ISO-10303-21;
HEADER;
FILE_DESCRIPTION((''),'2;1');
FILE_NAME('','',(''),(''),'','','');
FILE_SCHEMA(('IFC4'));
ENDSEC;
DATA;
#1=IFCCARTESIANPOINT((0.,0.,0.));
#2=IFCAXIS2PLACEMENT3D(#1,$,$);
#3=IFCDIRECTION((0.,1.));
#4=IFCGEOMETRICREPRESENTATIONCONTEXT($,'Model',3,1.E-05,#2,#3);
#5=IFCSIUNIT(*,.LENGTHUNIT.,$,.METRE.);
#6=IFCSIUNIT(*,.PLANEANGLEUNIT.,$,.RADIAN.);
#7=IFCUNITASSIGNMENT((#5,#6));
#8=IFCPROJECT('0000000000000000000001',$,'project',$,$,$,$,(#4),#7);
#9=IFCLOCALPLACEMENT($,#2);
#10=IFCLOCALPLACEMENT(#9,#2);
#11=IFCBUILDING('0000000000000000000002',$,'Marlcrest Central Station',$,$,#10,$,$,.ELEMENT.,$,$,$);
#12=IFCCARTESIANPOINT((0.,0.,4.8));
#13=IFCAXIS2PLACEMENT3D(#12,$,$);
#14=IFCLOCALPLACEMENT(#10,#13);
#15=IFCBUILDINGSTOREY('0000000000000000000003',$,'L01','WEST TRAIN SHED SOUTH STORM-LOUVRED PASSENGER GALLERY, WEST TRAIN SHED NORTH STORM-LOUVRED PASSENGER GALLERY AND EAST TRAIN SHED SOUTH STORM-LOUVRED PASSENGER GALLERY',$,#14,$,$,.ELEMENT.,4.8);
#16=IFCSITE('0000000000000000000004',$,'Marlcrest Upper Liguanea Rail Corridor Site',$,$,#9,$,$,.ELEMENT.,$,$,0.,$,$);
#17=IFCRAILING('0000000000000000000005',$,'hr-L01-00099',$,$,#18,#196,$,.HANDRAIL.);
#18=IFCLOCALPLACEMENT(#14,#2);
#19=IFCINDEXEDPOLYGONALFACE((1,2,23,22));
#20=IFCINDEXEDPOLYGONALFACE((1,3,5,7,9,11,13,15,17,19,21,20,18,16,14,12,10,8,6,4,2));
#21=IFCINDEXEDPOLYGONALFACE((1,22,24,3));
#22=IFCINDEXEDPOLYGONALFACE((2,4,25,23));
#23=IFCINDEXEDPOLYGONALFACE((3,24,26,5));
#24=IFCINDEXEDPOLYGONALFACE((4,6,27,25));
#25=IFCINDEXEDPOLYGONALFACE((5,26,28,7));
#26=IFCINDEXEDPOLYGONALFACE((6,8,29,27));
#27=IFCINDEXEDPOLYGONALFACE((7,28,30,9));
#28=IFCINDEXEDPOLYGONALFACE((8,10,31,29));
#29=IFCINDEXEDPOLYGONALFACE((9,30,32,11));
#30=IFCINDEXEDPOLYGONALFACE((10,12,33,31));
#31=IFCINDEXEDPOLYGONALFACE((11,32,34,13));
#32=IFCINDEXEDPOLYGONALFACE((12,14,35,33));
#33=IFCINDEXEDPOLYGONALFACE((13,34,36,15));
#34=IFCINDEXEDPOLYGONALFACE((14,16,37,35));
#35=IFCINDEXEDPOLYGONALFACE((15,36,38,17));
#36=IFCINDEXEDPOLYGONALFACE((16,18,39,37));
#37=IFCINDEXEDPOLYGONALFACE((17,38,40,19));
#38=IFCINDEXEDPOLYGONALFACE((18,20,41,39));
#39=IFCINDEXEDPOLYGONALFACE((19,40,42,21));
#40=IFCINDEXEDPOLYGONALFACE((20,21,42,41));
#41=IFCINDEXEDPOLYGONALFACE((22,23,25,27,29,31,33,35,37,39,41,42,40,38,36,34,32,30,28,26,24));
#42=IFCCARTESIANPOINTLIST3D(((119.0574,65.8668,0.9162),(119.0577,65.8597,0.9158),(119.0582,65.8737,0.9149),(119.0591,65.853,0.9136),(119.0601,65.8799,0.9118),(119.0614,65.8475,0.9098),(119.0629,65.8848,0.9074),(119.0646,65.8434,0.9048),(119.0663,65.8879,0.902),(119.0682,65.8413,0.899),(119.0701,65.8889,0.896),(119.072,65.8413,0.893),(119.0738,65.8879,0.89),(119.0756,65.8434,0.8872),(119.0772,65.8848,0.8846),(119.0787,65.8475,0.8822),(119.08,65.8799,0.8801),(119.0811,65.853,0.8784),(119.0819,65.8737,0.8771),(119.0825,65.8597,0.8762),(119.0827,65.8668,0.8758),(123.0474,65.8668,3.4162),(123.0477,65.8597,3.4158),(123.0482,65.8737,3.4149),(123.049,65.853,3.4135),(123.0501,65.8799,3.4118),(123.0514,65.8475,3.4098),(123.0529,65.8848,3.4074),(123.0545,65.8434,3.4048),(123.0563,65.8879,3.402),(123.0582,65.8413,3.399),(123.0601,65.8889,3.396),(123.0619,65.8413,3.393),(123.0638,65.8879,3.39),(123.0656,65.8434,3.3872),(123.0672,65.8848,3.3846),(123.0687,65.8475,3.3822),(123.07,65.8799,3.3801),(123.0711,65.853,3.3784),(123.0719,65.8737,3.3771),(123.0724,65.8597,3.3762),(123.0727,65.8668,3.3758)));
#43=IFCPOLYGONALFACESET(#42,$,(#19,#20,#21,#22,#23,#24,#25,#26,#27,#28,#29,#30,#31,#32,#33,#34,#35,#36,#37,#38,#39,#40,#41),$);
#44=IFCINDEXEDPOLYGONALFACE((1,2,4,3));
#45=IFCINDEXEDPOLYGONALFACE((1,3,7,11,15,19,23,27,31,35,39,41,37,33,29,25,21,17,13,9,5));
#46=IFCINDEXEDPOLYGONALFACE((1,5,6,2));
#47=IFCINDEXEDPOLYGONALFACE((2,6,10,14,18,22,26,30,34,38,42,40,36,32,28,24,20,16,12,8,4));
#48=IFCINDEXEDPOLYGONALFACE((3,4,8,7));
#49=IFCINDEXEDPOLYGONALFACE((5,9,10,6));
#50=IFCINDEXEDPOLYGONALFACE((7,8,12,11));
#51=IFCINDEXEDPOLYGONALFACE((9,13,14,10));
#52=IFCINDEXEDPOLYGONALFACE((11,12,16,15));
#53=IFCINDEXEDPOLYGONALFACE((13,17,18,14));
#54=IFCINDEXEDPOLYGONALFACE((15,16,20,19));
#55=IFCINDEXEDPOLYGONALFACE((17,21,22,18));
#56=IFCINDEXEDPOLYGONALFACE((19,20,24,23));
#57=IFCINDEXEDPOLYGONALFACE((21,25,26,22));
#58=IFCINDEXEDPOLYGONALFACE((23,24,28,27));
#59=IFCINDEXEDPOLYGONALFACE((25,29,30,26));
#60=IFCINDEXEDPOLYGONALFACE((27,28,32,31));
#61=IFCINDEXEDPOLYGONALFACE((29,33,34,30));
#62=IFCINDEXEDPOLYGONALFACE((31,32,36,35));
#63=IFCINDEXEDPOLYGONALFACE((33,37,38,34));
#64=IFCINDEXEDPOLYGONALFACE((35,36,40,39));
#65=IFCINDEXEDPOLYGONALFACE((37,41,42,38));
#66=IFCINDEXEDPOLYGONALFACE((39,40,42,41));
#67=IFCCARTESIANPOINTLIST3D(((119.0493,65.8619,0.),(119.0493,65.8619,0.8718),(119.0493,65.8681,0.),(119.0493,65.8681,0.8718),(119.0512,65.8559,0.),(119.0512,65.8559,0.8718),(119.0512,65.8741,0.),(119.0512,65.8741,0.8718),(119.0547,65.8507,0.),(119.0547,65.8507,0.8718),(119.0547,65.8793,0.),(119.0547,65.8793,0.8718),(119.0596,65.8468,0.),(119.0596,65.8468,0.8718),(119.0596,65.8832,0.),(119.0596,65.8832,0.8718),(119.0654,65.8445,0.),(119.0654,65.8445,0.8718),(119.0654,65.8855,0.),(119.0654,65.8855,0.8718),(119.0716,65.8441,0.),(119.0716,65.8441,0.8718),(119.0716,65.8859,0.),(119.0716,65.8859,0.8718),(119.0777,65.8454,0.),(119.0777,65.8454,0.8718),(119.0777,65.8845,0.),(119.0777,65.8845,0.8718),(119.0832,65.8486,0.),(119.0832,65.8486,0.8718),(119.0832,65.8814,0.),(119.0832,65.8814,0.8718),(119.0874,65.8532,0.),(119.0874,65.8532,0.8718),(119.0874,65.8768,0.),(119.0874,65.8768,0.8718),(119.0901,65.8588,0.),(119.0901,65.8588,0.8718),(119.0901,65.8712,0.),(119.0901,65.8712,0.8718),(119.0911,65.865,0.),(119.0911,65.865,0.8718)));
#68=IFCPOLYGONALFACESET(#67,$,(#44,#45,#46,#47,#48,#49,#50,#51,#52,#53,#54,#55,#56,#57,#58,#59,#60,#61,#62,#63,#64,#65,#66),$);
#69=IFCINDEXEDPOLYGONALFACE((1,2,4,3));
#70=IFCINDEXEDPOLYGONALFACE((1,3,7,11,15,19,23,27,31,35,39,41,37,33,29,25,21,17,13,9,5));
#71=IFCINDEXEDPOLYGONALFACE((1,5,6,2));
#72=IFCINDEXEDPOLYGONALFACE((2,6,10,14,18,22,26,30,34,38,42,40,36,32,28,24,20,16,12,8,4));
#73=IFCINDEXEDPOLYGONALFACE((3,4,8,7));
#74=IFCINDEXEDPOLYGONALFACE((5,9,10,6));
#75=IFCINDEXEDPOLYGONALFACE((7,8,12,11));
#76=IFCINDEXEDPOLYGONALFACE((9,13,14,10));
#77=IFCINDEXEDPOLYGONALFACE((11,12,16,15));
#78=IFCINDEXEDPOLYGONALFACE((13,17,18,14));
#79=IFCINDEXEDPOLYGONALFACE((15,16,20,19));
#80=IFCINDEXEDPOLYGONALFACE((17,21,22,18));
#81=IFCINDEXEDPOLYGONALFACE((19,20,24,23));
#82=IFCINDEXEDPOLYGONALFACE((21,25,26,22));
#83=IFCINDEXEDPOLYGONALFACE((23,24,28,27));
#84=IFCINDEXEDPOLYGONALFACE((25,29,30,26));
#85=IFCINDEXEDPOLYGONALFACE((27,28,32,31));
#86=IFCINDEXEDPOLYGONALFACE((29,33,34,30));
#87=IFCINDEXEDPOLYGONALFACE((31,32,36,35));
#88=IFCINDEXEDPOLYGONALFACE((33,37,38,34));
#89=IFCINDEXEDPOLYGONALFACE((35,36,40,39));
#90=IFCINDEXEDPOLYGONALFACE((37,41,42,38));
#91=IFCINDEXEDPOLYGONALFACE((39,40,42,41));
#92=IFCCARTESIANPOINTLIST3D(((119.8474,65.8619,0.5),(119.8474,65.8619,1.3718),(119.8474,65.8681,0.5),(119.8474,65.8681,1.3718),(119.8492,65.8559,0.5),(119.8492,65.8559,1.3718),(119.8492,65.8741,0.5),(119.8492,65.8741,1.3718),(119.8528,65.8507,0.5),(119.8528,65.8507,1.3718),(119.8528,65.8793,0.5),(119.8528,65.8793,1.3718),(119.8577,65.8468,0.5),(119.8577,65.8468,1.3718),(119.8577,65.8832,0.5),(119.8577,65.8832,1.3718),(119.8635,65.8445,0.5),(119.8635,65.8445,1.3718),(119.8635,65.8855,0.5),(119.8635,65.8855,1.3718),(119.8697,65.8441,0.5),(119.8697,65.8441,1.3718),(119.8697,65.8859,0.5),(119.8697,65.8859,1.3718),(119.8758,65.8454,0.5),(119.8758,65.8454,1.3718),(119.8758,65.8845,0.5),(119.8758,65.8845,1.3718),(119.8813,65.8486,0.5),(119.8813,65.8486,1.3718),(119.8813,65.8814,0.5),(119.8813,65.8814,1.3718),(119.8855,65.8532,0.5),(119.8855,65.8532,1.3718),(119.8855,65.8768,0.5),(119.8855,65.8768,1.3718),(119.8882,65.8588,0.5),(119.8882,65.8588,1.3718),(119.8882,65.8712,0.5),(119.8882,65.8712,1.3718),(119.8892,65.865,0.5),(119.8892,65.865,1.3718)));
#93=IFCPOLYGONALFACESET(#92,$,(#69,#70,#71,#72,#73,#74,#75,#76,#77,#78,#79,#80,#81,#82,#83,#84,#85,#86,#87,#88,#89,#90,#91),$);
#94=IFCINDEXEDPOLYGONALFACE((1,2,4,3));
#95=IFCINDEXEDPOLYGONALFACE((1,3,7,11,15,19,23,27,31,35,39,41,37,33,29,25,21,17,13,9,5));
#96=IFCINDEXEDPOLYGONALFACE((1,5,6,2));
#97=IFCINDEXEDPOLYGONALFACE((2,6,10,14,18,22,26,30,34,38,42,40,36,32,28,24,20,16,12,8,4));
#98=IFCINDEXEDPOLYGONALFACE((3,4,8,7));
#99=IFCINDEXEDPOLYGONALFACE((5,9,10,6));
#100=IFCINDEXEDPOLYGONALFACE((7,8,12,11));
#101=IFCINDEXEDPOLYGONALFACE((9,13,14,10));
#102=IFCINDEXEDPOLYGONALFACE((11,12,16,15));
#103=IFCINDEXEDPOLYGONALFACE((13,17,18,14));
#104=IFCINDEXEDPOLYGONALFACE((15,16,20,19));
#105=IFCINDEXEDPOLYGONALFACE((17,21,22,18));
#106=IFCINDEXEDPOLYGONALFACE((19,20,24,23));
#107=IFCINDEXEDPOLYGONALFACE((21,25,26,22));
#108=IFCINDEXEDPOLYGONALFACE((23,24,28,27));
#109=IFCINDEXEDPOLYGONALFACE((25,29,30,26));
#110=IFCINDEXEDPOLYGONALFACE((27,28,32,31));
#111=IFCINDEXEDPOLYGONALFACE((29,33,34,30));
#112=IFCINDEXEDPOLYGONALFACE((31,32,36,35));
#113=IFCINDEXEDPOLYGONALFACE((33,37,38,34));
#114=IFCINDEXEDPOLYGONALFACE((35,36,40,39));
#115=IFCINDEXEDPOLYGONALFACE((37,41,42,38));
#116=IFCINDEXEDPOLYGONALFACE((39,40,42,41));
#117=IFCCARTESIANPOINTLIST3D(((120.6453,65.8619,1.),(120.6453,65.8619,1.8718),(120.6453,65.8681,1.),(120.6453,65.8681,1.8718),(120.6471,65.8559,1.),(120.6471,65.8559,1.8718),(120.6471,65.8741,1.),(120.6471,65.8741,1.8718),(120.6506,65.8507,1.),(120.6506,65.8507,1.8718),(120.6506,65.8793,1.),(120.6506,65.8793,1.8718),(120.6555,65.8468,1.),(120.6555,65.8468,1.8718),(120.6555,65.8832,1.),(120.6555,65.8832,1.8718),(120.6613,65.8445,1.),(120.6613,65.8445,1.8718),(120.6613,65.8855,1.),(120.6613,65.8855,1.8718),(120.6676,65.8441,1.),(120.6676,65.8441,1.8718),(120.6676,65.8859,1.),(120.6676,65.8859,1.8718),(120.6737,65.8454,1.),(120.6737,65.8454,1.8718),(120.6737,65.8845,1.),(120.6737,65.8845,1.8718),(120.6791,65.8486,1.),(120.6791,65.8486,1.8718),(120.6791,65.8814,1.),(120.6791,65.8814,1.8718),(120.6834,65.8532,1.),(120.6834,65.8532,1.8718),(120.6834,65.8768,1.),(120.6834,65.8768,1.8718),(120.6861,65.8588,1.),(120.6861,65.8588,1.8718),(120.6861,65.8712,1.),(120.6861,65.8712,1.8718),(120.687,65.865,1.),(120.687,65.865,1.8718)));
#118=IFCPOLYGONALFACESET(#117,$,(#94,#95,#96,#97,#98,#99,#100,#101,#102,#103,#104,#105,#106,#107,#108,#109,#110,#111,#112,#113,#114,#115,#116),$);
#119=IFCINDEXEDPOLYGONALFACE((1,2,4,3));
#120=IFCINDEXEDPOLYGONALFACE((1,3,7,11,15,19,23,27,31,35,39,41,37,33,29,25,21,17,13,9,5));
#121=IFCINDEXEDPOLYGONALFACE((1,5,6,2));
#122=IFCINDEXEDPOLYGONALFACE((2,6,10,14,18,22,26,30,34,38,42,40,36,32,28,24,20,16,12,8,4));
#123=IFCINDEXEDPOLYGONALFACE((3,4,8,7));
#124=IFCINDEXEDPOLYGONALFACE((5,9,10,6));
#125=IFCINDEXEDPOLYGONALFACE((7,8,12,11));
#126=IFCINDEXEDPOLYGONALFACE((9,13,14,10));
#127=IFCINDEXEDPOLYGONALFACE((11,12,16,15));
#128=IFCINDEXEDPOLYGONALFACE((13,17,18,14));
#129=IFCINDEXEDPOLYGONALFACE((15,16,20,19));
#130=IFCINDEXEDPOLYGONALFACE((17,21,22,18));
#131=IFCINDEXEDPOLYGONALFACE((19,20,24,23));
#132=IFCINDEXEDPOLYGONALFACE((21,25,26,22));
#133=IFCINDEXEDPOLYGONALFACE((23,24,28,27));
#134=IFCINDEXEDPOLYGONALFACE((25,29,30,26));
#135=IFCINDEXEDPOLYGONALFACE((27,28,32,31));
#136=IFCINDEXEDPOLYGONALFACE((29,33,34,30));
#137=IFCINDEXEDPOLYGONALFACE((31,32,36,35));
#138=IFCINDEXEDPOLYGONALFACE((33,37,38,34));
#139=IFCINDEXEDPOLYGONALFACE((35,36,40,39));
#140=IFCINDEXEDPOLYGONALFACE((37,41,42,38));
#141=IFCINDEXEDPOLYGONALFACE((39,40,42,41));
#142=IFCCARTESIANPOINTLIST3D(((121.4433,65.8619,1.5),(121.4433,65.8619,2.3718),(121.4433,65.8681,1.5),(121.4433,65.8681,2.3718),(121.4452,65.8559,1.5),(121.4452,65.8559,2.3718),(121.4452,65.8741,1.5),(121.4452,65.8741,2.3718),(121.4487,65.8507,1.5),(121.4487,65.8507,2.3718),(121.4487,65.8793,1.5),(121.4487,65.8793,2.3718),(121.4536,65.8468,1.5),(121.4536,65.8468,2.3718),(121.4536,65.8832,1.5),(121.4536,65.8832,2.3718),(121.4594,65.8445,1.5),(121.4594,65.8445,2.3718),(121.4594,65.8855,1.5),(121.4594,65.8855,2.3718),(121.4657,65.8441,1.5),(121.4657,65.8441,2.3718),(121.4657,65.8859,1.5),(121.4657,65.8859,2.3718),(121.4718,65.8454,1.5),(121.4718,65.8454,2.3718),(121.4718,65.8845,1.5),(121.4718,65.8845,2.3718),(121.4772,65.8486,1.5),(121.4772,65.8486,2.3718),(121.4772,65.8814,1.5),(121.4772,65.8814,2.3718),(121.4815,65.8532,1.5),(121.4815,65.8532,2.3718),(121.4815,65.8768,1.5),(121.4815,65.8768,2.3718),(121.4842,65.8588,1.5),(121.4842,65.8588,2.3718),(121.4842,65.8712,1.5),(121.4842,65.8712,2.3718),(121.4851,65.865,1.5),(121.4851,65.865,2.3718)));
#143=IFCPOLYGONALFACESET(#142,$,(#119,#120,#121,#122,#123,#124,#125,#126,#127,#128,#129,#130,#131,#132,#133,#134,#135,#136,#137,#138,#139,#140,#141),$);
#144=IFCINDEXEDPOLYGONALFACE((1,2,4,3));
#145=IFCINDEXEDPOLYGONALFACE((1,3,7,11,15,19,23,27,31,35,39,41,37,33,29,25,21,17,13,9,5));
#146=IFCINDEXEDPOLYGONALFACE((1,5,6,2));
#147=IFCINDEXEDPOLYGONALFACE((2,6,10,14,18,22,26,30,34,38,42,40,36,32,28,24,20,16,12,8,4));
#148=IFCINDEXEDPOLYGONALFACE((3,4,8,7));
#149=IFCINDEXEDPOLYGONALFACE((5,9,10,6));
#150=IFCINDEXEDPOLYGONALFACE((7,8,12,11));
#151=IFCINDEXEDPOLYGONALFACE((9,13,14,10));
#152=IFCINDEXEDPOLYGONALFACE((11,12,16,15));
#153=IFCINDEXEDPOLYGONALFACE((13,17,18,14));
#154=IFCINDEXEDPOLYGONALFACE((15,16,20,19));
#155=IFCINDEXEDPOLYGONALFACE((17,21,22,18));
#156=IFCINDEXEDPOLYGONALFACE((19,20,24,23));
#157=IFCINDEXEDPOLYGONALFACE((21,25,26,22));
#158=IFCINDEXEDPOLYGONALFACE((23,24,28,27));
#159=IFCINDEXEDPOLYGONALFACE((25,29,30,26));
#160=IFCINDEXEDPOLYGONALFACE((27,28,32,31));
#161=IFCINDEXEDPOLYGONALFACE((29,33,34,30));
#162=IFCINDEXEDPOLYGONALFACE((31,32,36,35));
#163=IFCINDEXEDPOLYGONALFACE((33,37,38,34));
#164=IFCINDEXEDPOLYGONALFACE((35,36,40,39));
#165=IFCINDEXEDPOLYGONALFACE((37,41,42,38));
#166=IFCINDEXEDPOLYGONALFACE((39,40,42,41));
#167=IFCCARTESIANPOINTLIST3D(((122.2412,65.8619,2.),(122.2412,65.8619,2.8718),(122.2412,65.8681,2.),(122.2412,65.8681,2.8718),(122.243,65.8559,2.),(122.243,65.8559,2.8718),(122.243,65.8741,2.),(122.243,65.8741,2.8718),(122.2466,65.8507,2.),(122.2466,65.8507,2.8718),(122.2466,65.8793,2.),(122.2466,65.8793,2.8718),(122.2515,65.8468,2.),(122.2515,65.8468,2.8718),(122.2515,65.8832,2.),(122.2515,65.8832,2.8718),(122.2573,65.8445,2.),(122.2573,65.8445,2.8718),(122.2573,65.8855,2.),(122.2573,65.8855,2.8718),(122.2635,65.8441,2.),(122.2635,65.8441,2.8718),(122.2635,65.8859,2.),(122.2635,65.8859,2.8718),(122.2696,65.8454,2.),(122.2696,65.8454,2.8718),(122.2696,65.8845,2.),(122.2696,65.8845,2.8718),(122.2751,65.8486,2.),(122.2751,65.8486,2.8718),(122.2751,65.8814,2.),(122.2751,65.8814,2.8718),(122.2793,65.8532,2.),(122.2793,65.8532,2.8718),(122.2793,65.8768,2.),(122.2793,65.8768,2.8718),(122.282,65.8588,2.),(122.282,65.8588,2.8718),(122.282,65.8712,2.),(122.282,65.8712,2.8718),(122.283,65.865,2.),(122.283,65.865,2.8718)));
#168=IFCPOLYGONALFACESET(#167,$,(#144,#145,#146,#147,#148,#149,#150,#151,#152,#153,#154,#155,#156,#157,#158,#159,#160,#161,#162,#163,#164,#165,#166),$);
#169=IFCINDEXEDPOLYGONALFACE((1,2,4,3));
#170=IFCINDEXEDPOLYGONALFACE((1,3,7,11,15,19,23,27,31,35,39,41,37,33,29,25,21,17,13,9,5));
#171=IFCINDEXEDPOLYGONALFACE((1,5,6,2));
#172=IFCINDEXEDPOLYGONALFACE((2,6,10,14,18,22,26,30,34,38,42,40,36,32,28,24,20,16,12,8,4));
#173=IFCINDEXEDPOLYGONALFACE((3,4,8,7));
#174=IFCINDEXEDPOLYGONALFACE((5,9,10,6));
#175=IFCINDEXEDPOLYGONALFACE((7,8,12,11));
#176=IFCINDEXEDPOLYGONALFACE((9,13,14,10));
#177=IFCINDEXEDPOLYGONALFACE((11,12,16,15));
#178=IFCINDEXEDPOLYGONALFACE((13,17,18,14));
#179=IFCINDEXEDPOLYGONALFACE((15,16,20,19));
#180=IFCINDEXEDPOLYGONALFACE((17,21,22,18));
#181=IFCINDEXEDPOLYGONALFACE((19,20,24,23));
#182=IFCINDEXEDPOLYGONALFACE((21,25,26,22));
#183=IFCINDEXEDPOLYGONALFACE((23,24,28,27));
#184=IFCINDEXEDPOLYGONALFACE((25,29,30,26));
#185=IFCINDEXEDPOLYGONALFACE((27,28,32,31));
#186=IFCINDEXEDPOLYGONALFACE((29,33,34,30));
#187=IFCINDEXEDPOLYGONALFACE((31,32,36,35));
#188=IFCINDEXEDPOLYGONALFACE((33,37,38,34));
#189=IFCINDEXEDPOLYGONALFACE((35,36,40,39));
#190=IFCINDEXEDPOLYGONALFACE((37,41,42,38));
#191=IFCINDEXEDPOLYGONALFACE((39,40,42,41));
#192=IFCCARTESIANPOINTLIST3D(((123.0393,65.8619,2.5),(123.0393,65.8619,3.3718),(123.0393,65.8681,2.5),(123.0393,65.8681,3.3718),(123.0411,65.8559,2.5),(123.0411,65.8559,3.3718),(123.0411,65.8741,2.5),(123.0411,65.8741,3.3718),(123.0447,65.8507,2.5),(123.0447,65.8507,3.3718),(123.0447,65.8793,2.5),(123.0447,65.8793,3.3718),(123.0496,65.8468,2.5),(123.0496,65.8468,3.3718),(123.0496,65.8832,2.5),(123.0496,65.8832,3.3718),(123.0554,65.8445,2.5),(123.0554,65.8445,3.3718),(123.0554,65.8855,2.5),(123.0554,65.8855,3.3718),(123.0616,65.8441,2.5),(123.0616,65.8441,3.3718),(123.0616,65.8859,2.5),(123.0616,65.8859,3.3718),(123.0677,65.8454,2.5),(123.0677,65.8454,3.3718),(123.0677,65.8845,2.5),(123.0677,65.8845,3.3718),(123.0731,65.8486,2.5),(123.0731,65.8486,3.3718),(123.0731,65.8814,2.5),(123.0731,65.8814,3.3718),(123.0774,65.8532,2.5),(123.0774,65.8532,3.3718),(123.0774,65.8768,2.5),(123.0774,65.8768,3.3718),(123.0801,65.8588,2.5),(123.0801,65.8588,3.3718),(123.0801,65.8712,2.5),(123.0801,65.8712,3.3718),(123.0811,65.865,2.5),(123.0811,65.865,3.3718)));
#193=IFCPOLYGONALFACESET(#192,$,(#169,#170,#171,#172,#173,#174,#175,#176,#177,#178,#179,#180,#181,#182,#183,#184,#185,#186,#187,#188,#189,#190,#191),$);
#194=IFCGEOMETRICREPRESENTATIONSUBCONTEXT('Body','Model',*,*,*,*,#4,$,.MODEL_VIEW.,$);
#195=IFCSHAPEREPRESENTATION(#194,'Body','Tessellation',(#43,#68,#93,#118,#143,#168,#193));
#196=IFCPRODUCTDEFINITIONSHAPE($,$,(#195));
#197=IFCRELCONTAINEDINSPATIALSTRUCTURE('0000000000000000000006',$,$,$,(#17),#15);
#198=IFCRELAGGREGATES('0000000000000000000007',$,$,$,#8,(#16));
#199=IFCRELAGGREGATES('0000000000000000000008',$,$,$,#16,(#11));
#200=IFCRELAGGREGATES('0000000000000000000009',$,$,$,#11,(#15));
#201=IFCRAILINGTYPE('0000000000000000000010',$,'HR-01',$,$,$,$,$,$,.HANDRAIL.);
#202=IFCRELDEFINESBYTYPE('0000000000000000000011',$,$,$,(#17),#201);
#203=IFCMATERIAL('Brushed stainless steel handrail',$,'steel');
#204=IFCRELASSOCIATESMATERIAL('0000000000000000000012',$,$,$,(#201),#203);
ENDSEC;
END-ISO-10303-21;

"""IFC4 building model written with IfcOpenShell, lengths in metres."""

from ifc_helpers import new_model, si_unit, direction, frame, origin, origin_2d, place, context, subcontext, project, spatial, circle, extrude, material, type_object, element, save


model = new_model("IFC4")

# Units and contexts
model_context = context("Model", 3, precision=1e-05, world=origin(), true_north=direction((0.0, 1.0)))
body_context = subcontext(model_context, "Body", "Model", "MODEL_VIEW")
ifc_project = project(units=[si_unit("LENGTHUNIT", "METRE"), si_unit("PLANEANGLEUNIT", "RADIAN")], contexts=[model_context])

# Site, building, storey
site_placement = place(None, origin())
site = spatial("IfcSite", under=ifc_project, at=site_placement, Name="Marlcrest Upper Liguanea Rail Corridor Site", CompositionType="ELEMENT", RefElevation=0.0)
building_placement = place(site_placement, origin())
building = spatial("IfcBuilding", under=site, at=building_placement, Name="Marlcrest Central Station", CompositionType="ELEMENT")
storey_placement = place(building_placement, frame((0.0, 0.0, 4.8)))
storey = spatial("IfcBuildingStorey", under=building, at=storey_placement, Name="L01", Description="WEST TRAIN SHED SOUTH STORM-LOUVRED PASSENGER GALLERY, WEST TRAIN SHED NORTH STORM-LOUVRED PASSENGER GALLERY AND EAST TRAIN SHED SOUTH STORM-LOUVRED PASSENGER GALLERY", CompositionType="ELEMENT", Elevation=4.8)

# Railing
ifc_material_1 = material(Name="Brushed stainless steel handrail", Category="steel")
railing_type_1 = type_object("IfcRailingType", Name="HR-01", PredefinedType="HANDRAIL", material=ifc_material_1)
railing_1_placement = place(storey_placement, frame((119.0701, 65.865, 0.0)))
element("IfcRailing", 1, at=railing_1_placement, inside=storey, type_object=railing_type_1, Name="hr-L01-00099", PredefinedType="HANDRAIL", context=body_context, shape_type="SweptSolid", body=[
    extrude(circle(Radius=0.0239, at=origin_2d()), frame((0.0, 0.0, 0.896), z_axis=(0.847401, 0.0, 0.530954), x_axis=(0.0, 1.0, 0.0)), (0.0, 0.0, 1.0), 4.7085),
    extrude(circle(Radius=0.021, at=origin_2d()), origin(), (0.0, 0.0, 1.0), 0.8718),
    extrude(circle(Radius=0.021, at=origin_2d()), frame((0.7981, 0.0, 0.5)), (0.0, 0.0, 1.0), 0.8718),
    extrude(circle(Radius=0.021, at=origin_2d()), frame((1.5959, 0.0, 1.0)), (0.0, 0.0, 1.0), 0.8718),
    extrude(circle(Radius=0.021, at=origin_2d()), frame((2.394, 0.0, 1.5)), (0.0, 0.0, 1.0), 0.8718),
    extrude(circle(Radius=0.021, at=origin_2d()), frame((3.1919, 0.0, 2.0)), (0.0, 0.0, 1.0), 0.8718),
    extrude(circle(Radius=0.021, at=origin_2d()), frame((3.99, 0.0, 2.5)), (0.0, 0.0, 1.0), 0.8718),
])

save(model, "model.ifc")
